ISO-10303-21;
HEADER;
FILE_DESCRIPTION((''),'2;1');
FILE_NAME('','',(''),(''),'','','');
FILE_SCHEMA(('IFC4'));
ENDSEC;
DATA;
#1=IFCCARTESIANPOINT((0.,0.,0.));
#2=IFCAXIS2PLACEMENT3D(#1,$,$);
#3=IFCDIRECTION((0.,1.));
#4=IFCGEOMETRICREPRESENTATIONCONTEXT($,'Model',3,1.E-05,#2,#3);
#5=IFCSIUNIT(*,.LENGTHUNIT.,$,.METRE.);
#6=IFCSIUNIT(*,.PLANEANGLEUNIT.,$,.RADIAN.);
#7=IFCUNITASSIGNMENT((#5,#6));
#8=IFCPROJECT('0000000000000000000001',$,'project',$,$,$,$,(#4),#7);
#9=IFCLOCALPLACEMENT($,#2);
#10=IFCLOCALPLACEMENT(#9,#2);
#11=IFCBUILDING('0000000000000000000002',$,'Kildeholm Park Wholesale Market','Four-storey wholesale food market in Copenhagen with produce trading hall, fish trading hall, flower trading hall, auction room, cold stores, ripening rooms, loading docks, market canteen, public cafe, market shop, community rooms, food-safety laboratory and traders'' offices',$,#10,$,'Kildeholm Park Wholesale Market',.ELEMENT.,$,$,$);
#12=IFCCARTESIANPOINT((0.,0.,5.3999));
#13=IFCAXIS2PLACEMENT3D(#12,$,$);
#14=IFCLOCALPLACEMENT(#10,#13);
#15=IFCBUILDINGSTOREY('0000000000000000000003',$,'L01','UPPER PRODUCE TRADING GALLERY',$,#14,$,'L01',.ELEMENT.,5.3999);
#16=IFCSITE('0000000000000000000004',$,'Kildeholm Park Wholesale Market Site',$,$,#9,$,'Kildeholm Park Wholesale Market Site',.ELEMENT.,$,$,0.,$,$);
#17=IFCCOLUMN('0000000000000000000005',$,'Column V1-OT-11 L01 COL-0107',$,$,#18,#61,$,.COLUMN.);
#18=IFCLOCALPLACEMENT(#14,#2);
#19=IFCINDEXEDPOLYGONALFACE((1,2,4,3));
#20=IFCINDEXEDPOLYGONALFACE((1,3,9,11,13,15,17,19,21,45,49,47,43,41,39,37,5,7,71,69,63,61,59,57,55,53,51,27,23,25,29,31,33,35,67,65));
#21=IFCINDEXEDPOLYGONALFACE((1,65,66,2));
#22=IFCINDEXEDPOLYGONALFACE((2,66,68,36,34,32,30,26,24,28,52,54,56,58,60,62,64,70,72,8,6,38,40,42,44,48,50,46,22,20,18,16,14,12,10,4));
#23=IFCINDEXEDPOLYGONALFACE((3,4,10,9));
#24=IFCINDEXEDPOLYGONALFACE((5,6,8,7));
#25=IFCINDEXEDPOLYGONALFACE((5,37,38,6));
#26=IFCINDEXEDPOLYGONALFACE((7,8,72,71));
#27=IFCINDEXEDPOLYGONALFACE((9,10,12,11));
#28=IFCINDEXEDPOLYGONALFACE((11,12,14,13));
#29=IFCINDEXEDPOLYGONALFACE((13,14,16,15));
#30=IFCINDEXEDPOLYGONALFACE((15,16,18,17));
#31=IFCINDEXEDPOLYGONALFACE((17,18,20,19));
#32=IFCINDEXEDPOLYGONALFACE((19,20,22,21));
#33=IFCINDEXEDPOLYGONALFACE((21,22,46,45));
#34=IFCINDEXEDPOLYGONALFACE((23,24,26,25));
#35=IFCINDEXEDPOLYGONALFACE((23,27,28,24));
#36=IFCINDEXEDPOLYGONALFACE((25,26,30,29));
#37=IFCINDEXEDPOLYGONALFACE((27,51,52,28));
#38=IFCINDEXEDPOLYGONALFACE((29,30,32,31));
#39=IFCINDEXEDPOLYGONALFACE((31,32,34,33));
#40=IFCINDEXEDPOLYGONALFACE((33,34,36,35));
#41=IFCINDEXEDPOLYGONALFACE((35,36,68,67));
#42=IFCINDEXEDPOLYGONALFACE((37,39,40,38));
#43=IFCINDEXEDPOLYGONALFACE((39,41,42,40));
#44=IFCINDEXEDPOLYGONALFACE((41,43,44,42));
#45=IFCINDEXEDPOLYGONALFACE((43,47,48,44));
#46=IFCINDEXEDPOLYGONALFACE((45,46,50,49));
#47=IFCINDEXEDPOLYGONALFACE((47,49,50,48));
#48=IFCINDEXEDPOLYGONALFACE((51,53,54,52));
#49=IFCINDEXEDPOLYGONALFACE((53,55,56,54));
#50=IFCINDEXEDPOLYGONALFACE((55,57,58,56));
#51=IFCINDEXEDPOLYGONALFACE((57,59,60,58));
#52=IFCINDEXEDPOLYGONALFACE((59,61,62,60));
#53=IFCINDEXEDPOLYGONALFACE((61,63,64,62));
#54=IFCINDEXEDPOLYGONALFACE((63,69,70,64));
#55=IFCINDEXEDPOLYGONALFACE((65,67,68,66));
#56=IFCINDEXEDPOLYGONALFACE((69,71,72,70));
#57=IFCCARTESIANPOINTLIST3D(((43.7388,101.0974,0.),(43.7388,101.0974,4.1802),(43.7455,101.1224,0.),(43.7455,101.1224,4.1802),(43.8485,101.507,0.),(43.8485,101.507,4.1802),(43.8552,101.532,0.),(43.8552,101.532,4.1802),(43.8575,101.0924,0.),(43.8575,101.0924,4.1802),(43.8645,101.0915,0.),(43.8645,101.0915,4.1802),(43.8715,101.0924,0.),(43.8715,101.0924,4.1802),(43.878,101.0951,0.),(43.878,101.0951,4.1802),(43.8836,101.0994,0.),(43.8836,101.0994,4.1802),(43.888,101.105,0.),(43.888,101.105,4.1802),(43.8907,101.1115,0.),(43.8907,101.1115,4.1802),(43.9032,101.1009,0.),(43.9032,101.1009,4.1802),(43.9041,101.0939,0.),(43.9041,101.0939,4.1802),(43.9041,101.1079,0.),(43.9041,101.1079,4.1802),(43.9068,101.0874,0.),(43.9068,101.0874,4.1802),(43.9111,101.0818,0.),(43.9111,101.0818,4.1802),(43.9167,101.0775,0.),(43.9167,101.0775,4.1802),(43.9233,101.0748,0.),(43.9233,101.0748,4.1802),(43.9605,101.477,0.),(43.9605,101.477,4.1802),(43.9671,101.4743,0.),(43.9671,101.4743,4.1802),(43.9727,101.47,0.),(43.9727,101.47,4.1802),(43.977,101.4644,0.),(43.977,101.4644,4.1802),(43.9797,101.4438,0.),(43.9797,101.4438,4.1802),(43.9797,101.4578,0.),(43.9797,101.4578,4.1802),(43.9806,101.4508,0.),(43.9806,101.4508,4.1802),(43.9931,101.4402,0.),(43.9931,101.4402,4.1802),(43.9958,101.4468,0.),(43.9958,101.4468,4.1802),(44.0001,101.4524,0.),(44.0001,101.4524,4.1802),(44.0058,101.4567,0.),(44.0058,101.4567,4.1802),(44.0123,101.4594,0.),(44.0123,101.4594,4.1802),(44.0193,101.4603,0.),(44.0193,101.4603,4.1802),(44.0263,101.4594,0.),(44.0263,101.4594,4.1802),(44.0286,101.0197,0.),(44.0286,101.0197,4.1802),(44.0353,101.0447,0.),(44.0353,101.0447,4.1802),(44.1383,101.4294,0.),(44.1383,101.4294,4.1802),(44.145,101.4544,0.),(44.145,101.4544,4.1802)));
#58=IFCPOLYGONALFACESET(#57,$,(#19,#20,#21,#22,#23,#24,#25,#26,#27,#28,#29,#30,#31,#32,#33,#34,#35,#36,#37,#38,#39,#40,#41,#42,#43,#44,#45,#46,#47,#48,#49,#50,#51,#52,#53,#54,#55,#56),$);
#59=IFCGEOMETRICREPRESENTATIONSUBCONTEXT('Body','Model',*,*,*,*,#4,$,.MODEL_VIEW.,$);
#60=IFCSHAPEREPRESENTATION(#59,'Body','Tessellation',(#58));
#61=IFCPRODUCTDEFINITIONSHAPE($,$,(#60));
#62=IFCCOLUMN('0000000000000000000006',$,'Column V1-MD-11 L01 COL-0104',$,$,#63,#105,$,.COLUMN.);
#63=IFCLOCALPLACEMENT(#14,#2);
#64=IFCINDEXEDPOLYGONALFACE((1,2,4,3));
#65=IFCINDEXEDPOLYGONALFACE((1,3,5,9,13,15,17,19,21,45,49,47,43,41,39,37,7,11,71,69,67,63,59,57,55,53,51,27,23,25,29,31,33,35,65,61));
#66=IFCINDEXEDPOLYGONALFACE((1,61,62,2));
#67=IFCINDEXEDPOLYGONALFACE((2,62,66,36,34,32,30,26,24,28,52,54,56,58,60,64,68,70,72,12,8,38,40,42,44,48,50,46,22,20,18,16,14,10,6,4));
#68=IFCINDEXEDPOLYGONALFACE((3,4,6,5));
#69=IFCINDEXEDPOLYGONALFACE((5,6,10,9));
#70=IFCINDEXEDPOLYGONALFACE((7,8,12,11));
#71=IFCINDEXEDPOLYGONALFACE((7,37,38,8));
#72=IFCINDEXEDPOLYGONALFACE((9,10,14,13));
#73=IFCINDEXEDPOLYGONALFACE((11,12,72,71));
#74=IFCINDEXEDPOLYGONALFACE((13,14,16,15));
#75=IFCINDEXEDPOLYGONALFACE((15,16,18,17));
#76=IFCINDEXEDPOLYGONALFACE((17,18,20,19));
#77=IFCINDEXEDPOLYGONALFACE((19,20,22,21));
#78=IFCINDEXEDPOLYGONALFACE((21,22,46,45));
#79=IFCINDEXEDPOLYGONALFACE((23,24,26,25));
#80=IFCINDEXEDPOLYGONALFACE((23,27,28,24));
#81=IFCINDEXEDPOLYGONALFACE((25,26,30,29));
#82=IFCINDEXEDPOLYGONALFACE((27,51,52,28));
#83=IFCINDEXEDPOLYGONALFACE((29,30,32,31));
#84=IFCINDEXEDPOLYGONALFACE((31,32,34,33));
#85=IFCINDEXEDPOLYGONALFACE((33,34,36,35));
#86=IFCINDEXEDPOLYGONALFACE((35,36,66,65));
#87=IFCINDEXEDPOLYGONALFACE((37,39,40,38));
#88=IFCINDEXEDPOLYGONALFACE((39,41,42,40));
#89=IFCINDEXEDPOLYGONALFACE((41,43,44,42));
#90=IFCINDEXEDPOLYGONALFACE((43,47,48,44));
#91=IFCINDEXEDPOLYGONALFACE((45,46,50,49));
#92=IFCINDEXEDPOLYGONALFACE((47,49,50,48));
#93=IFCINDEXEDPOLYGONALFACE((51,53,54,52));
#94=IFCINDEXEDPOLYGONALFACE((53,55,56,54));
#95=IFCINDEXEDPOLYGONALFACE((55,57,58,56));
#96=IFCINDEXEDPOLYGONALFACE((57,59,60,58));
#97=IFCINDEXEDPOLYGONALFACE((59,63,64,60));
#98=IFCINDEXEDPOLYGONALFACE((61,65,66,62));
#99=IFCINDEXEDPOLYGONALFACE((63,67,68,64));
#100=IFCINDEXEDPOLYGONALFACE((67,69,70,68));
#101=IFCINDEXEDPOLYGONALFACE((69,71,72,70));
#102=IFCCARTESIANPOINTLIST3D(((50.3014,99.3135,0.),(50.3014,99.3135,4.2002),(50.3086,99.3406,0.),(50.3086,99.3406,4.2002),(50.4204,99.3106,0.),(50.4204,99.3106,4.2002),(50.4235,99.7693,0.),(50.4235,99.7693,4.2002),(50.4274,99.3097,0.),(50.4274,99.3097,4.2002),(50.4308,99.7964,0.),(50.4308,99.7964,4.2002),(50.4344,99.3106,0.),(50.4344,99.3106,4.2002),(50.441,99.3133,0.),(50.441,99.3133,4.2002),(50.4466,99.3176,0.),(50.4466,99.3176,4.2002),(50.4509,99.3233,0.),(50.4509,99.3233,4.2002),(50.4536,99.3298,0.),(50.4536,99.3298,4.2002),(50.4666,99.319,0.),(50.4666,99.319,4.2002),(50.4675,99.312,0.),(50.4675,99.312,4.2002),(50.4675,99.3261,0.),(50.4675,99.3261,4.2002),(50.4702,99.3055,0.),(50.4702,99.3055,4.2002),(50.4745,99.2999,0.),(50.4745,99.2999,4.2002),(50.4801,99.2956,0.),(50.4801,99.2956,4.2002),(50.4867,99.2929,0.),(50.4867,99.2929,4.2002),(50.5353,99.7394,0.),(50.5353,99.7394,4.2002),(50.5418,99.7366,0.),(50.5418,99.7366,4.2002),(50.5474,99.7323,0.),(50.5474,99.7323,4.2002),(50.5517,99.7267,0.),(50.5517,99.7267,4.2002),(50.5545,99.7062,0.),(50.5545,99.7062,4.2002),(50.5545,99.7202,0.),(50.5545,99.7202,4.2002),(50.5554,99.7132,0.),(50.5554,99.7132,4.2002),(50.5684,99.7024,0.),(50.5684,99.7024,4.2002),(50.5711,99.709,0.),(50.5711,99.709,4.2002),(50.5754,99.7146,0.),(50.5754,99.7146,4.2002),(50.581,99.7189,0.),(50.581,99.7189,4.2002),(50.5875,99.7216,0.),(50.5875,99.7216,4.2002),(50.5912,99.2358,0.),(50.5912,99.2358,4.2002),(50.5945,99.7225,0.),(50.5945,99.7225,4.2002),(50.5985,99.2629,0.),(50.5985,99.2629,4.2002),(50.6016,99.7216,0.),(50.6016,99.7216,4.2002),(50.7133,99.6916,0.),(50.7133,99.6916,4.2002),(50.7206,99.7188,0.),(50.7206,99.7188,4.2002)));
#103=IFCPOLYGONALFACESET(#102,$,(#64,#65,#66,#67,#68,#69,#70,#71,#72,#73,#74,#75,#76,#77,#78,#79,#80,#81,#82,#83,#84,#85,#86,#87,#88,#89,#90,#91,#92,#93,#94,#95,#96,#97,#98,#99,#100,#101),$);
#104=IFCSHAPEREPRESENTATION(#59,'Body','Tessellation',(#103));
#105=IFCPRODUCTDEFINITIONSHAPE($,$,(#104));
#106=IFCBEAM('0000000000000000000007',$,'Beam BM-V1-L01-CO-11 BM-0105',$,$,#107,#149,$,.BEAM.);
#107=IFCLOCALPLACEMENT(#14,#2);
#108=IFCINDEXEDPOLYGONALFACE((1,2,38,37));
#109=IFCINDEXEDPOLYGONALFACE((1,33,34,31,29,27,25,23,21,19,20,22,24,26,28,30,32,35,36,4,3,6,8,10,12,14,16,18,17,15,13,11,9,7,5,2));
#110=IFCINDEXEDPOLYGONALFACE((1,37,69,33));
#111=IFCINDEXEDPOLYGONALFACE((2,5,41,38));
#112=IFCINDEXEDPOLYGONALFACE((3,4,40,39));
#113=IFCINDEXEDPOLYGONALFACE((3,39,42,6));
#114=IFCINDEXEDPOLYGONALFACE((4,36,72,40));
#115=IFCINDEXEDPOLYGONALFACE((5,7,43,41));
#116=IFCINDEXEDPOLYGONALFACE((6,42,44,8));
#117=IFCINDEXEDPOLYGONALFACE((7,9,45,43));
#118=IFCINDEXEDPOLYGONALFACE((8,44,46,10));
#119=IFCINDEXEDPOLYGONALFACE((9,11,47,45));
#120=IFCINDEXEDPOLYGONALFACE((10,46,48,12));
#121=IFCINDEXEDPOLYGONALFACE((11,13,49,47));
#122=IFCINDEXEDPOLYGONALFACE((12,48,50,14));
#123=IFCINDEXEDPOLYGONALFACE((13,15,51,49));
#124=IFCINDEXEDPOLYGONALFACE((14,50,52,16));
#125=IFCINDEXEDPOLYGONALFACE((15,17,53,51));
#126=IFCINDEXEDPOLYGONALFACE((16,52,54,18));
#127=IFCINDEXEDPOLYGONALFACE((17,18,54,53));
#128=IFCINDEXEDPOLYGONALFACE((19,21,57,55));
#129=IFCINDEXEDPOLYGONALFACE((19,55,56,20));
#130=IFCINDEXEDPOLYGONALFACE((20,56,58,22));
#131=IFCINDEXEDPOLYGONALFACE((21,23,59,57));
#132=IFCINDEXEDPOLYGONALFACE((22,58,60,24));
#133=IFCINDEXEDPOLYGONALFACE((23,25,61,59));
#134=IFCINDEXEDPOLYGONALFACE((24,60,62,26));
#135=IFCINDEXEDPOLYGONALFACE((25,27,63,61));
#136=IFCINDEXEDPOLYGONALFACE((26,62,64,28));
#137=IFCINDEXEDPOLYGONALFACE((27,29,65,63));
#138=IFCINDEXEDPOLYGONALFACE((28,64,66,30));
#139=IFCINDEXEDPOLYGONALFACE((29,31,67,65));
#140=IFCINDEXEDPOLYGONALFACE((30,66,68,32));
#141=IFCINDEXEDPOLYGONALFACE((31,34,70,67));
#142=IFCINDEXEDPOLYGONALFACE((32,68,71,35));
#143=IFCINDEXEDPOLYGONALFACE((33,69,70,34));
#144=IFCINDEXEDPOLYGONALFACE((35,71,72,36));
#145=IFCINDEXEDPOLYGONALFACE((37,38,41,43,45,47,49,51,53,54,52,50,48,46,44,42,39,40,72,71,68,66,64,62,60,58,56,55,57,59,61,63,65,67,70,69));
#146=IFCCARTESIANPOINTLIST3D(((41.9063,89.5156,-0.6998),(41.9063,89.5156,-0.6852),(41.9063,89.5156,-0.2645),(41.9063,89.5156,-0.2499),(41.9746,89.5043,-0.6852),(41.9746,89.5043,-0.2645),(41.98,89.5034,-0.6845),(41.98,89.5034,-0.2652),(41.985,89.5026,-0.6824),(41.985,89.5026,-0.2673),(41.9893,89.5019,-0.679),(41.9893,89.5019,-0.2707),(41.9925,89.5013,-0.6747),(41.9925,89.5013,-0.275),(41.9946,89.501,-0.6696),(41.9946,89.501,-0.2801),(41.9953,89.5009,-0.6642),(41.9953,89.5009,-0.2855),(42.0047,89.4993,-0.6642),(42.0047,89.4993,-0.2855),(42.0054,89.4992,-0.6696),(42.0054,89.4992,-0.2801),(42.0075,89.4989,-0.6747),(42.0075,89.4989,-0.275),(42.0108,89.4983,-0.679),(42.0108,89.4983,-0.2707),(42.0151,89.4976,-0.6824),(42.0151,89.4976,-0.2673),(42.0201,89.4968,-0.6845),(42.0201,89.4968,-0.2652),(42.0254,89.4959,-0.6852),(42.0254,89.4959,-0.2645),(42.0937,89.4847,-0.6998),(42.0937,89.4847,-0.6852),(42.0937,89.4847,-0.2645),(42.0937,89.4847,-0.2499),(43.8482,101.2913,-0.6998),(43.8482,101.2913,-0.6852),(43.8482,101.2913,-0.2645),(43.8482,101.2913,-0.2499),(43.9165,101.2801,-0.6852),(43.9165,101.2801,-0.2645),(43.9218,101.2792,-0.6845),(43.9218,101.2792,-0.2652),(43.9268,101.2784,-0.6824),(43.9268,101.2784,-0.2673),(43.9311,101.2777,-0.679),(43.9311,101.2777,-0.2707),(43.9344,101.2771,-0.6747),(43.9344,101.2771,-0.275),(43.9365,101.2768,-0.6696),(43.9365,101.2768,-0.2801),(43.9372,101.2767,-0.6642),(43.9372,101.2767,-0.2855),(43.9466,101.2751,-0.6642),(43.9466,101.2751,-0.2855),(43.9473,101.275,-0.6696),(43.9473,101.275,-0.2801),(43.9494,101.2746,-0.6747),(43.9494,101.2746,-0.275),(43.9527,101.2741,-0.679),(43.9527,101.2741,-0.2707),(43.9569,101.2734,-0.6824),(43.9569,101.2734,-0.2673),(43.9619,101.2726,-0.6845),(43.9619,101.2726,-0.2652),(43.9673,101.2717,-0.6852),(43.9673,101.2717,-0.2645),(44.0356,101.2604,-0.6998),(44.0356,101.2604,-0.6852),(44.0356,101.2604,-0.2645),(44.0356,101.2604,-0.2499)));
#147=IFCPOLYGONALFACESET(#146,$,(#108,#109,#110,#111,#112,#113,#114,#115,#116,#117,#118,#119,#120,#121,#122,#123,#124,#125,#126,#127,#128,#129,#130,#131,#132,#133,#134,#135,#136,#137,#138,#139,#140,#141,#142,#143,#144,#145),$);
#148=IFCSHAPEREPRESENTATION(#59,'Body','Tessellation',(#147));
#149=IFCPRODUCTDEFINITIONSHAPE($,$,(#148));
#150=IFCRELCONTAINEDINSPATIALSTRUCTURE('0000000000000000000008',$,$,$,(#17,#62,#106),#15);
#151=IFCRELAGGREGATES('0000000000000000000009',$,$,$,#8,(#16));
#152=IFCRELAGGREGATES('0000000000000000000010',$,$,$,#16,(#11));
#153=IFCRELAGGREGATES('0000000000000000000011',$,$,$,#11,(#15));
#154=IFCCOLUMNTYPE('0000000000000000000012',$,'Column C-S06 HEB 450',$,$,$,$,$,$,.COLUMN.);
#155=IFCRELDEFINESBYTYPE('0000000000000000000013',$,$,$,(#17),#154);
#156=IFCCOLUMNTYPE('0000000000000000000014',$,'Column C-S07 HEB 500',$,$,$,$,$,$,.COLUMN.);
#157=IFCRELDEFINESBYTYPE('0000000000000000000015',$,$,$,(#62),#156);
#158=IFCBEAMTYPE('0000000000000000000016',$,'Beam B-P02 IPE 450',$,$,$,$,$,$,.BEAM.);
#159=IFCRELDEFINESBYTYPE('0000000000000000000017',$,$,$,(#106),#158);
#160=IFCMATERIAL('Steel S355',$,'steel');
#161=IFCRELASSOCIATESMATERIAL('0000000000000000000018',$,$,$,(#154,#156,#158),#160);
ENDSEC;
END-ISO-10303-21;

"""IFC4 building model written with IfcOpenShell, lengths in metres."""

from ifc_helpers import new_model, si_unit, direction, frame, origin, origin_2d, place, context, subcontext, project, spatial, i_section, extrude, material, material_profile, profile_set, type_object, element, save


model = new_model("IFC4")

# Units and contexts
model_context = context("Model", 3, precision=1e-05, world=origin(), true_north=direction((0.0, 1.0)))
body_context = subcontext(model_context, "Body", "Model", "MODEL_VIEW")
ifc_project = project(units=[si_unit("LENGTHUNIT", "METRE"), si_unit("PLANEANGLEUNIT", "RADIAN")], contexts=[model_context])

# Site, building, storey
site_placement = place(None, origin())
site = spatial("IfcSite", under=ifc_project, at=site_placement, Name="Kildeholm Park Wholesale Market Site", LongName="Kildeholm Park Wholesale Market Site", CompositionType="ELEMENT", RefElevation=0.0)
building_placement = place(site_placement, origin())
building = spatial("IfcBuilding", under=site, at=building_placement, Name="Kildeholm Park Wholesale Market", Description="Four-storey wholesale food market in Copenhagen with produce trading hall, fish trading hall, flower trading hall, auction room, cold stores, ripening rooms, loading docks, market canteen, public cafe, market shop, community rooms, food-safety laboratory and traders' offices", LongName="Kildeholm Park Wholesale Market", CompositionType="ELEMENT")
storey_placement = place(building_placement, frame((0.0, 0.0, 5.3999)))
storey = spatial("IfcBuildingStorey", under=building, at=storey_placement, Name="L01", Description="UPPER PRODUCE TRADING GALLERY", LongName="L01", CompositionType="ELEMENT", Elevation=5.3999)

# Columns
ifc_material_1 = material(Name="Steel S355", Category="steel")
ifc_material_profile_1 = material_profile(ifc_material_1, i_section(OverallWidth=0.3, OverallDepth=0.45, WebThickness=0.0139, FlangeThickness=0.0259, FilletRadius=0.0271, at=origin_2d()), Name="HEB 450")
ifc_profile_set_1 = profile_set([ifc_material_profile_1], Name="Steel S355")
column_type_1 = type_object("IfcColumnType", Name="Column C-S06 HEB 450", PredefinedType="COLUMN", material=ifc_profile_set_1)
column_1_placement = place(storey_placement, frame((43.9419, 101.2759, 0.0), z_axis=(0.0, 0.0, 1.0), x_axis=(-0.965926, 0.258819, 0.0)))
element("IfcColumn", 1, at=column_1_placement, inside=storey, type_object=column_type_1, Name="Column V1-OT-11 L01 COL-0107", PredefinedType="COLUMN", context=body_context, shape_type="SweptSolid", body=[
    extrude(i_section(OverallWidth=0.3, OverallDepth=0.45, WebThickness=0.0139, FlangeThickness=0.0259, FilletRadius=0.0271, at=origin_2d()), origin(), (0.0, 0.0, 1.0), 4.1802),
])
ifc_material_profile_2 = material_profile(ifc_material_1, i_section(OverallWidth=0.3, OverallDepth=0.5, WebThickness=0.0144, FlangeThickness=0.0281, FilletRadius=0.0271, at=origin_2d()), Name="HEB 500")
ifc_profile_set_2 = profile_set([ifc_material_profile_2], Name="Steel S355")
column_type_2 = type_object("IfcColumnType", Name="Column C-S07 HEB 500", PredefinedType="COLUMN", material=ifc_profile_set_2)
column_2_placement = place(storey_placement, frame((50.511, 99.5161, 0.0), z_axis=(0.0, 0.0, 1.0), x_axis=(-0.965926, 0.258819, 0.0)))
element("IfcColumn", 2, at=column_2_placement, inside=storey, type_object=column_type_2, Name="Column V1-MD-11 L01 COL-0104", PredefinedType="COLUMN", context=body_context, shape_type="SweptSolid", body=[
    extrude(i_section(OverallWidth=0.3, OverallDepth=0.5, WebThickness=0.0144, FlangeThickness=0.0281, FilletRadius=0.0271, at=origin_2d()), origin(), (0.0, 0.0, 1.0), 4.2002),
])

# Beam
ifc_material_profile_3 = material_profile(ifc_material_1, i_section(OverallWidth=0.1899, OverallDepth=0.45, WebThickness=0.0095, FlangeThickness=0.0146, FilletRadius=0.021, at=origin_2d()), Name="IPE 450")
ifc_profile_set_3 = profile_set([ifc_material_profile_3], Name="Steel S355")
beam_type_1 = type_object("IfcBeamType", Name="Beam B-P02 IPE 450", PredefinedType="BEAM", material=ifc_profile_set_3)
beam_1_placement = place(storey_placement, frame((43.9419, 101.2759, -0.4749), z_axis=(-0.162707, -0.986674, 0.0), x_axis=(0.986674, -0.162707, 0.0)))
element("IfcBeam", 3, at=beam_1_placement, inside=storey, type_object=beam_type_1, Name="Beam BM-V1-L01-CO-11 BM-0105", PredefinedType="BEAM", context=body_context, shape_type="SweptSolid", body=[
    extrude(i_section(OverallWidth=0.1899, OverallDepth=0.45, WebThickness=0.0095, FlangeThickness=0.0146, FilletRadius=0.021, at=origin_2d()), origin(), (0.0, 0.0, 1.0), 11.9348),
])

save(model, "model.ifc")
